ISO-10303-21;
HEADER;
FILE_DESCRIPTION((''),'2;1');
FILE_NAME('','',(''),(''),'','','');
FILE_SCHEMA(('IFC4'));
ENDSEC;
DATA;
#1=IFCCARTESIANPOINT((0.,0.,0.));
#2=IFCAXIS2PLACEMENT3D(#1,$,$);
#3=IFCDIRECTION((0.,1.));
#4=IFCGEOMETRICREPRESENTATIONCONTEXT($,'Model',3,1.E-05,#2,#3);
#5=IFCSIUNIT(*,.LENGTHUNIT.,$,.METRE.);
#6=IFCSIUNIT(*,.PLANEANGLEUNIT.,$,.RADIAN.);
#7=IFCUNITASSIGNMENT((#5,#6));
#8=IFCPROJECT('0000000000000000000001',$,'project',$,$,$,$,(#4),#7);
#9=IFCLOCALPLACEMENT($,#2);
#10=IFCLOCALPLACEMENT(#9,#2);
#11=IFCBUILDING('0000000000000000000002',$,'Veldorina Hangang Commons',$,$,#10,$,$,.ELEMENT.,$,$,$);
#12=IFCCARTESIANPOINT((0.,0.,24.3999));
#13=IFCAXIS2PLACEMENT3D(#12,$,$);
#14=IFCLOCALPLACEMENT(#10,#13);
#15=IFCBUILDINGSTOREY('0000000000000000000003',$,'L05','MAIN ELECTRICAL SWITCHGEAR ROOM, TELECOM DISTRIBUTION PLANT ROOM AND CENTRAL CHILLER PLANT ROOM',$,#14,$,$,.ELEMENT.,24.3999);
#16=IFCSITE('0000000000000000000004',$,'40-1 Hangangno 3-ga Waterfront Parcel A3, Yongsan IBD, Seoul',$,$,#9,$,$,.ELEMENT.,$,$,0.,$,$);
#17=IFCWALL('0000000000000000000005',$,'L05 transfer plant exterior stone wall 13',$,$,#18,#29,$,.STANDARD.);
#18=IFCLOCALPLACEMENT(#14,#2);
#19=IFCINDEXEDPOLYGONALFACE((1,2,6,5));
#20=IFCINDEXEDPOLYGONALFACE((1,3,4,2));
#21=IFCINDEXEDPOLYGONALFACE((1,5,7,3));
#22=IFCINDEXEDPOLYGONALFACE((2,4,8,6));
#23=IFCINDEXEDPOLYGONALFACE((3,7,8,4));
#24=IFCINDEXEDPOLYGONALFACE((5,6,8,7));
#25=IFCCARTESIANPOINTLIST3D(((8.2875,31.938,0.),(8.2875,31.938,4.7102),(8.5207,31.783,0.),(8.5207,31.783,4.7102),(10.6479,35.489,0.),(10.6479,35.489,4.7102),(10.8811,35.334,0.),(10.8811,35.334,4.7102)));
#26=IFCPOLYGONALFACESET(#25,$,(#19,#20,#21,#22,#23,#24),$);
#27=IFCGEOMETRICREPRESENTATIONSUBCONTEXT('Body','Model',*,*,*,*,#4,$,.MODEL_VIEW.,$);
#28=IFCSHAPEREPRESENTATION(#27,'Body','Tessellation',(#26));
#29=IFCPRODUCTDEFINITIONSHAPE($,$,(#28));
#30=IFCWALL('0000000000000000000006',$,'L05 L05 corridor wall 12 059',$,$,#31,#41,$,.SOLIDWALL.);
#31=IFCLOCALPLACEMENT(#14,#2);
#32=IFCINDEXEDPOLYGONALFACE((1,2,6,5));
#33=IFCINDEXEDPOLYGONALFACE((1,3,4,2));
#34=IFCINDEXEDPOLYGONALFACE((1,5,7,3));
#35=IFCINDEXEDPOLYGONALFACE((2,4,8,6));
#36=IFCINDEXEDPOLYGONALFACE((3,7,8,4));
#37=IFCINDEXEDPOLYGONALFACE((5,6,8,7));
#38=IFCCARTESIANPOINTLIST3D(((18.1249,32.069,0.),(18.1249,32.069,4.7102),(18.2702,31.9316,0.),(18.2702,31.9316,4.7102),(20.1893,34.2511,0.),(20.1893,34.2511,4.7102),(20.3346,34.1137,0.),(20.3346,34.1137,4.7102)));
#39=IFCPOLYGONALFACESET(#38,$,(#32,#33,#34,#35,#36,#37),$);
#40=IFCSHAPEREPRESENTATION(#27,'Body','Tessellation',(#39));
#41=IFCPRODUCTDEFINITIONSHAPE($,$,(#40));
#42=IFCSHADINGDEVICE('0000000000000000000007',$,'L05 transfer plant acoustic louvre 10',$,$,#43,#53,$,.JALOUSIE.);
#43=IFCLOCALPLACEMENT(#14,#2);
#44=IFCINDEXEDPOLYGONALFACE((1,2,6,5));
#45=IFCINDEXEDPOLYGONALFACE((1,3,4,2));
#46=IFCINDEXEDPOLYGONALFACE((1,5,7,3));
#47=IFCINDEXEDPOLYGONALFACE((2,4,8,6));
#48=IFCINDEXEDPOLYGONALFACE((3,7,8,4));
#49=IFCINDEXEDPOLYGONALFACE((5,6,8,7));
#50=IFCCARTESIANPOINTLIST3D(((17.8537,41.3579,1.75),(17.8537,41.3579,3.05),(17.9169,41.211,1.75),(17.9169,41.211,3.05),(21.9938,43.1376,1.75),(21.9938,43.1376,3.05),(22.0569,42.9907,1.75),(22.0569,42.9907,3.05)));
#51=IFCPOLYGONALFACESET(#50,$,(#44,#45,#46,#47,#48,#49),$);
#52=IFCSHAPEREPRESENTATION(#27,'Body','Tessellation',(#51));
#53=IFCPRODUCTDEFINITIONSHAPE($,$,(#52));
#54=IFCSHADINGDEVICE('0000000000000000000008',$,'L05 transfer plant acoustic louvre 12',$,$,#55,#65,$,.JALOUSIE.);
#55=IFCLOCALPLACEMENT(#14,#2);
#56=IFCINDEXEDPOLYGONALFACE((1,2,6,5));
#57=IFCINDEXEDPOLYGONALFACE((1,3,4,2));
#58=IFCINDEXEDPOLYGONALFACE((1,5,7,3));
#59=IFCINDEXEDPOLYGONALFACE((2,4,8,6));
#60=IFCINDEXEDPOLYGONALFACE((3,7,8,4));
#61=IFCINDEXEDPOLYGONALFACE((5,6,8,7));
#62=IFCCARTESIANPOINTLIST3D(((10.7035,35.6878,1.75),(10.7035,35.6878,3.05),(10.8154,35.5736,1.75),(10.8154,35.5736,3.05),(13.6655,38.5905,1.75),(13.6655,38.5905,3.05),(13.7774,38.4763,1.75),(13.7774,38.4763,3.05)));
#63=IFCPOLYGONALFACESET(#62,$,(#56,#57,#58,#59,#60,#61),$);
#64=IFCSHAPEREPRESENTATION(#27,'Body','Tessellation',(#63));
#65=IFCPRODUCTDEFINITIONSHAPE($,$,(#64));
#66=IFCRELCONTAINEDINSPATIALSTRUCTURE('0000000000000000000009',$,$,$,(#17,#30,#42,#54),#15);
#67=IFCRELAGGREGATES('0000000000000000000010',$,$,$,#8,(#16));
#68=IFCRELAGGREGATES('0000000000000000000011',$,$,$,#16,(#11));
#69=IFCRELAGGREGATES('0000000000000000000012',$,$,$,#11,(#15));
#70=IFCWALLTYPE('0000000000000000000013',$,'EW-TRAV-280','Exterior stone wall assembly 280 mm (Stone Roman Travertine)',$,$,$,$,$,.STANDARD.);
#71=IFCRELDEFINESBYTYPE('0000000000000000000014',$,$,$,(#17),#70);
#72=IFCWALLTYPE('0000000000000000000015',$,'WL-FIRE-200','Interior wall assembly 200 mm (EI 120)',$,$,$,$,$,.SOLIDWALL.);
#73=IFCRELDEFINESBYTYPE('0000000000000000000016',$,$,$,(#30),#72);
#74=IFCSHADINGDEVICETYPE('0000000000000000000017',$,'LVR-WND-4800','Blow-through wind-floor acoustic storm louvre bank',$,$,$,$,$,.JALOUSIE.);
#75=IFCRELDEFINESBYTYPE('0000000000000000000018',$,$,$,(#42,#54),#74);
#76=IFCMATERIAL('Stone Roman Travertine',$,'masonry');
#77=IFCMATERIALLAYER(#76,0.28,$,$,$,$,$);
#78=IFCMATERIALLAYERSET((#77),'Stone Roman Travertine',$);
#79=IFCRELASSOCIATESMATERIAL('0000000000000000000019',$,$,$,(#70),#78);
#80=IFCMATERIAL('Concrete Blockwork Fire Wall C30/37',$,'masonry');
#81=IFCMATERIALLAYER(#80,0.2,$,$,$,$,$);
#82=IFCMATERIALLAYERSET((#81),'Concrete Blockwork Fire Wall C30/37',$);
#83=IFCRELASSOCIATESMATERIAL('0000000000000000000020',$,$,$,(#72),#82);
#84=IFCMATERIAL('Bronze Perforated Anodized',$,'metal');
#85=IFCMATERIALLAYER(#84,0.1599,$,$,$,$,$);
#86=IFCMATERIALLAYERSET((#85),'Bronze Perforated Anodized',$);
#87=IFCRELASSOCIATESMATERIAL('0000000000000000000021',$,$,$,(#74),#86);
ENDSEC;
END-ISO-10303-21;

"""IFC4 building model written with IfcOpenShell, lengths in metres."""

from ifc_helpers import new_model, si_unit, direction, frame, frame_2d, origin, origin_2d, place, context, subcontext, project, spatial, rectangle, extrude, material, layer, layer_set, type_object, element, save


model = new_model("IFC4")

# Units and contexts
model_context = context("Model", 3, precision=1e-05, world=origin(), true_north=direction((0.0, 1.0)))
body_context = subcontext(model_context, "Body", "Model", "MODEL_VIEW")
ifc_project = project(units=[si_unit("LENGTHUNIT", "METRE"), si_unit("PLANEANGLEUNIT", "RADIAN")], contexts=[model_context])

# Site, building, storey
site_placement = place(None, origin())
site = spatial("IfcSite", under=ifc_project, at=site_placement, Name="40-1 Hangangno 3-ga Waterfront Parcel A3, Yongsan IBD, Seoul", CompositionType="ELEMENT", RefElevation=0.0)
building_placement = place(site_placement, origin())
building = spatial("IfcBuilding", under=site, at=building_placement, Name="Veldorina Hangang Commons", CompositionType="ELEMENT")
storey_placement = place(building_placement, frame((0.0, 0.0, 24.3999)))
storey = spatial("IfcBuildingStorey", under=building, at=storey_placement, Name="L05", Description="MAIN ELECTRICAL SWITCHGEAR ROOM, TELECOM DISTRIBUTION PLANT ROOM AND CENTRAL CHILLER PLANT ROOM", CompositionType="ELEMENT", Elevation=24.3999)

# Walls
ifc_material_1 = material(Name="Stone Roman Travertine", Category="masonry")
ifc_layer_1 = layer(ifc_material_1, 0.28)
ifc_layer_set_1 = layer_set([ifc_layer_1], Name="Stone Roman Travertine")
wall_type_1 = type_object("IfcWallType", Name="EW-TRAV-280", Description="Exterior stone wall assembly 280 mm (Stone Roman Travertine)", PredefinedType="STANDARD", material=ifc_layer_set_1)
wall_1_placement = place(storey_placement, frame((10.7644, 35.4114, 0.0), z_axis=(0.0, 0.0, 1.0), x_axis=(-0.553563, -0.832807, 0.0)))
element("IfcWall", 1, at=wall_1_placement, inside=storey, type_object=wall_type_1, Name="L05 transfer plant exterior stone wall 13", PredefinedType="STANDARD", context=body_context, shape_type="SweptSolid", body=[
    extrude(rectangle(XDim=4.2639, YDim=0.28, at=frame_2d((2.1318, 0.0))), origin(), (0.0, 0.0, 1.0), 4.7102),
])
ifc_material_2 = material(Name="Concrete Blockwork Fire Wall C30/37", Category="masonry")
ifc_layer_2 = layer(ifc_material_2, 0.2)
ifc_layer_set_2 = layer_set([ifc_layer_2], Name="Concrete Blockwork Fire Wall C30/37")
wall_type_2 = type_object("IfcWallType", Name="WL-FIRE-200", Description="Interior wall assembly 200 mm (EI 120)", PredefinedType="SOLIDWALL", material=ifc_layer_set_2)
wall_2_placement = place(storey_placement, frame((20.262, 34.1824, 0.0), z_axis=(0.0, 0.0, 1.0), x_axis=(-0.687249, -0.726422, 0.0)))
element("IfcWall", 2, at=wall_2_placement, inside=storey, type_object=wall_type_2, Name="L05 L05 corridor wall 12 059", PredefinedType="SOLIDWALL", context=body_context, shape_type="SweptSolid", body=[
    extrude(rectangle(XDim=3.0039, YDim=0.2, at=frame_2d((1.502, 0.0))), origin(), (0.0, 0.0, 1.0), 4.7102),
])

# Shading devices
ifc_material_3 = material(Name="Bronze Perforated Anodized", Category="metal")
ifc_layer_3 = layer(ifc_material_3, 0.1599)
ifc_layer_set_3 = layer_set([ifc_layer_3], Name="Bronze Perforated Anodized")
shading_device_type = type_object("IfcShadingDeviceType", Name="LVR-WND-4800", Description="Blow-through wind-floor acoustic storm louvre bank", PredefinedType="JALOUSIE", material=ifc_layer_set_3)
shading_device_1_placement = place(storey_placement, frame((19.9553, 42.1743, 1.75), z_axis=(0.0, 0.0, 1.0), x_axis=(-0.918715, -0.39492, 0.0)))
element("IfcShadingDevice", 3, at=shading_device_1_placement, inside=storey, type_object=shading_device_type, Name="L05 transfer plant acoustic louvre 10", PredefinedType="JALOUSIE", context=body_context, shape_type="SweptSolid", body=[
    extrude(rectangle(XDim=4.5063, YDim=0.1599, at=origin_2d()), origin(), (0.0, 0.0, 1.0), 1.3),
])
shading_device_2_placement = place(storey_placement, frame((12.2405, 37.082, 1.75), z_axis=(0.0, 0.0, 1.0), x_axis=(-0.714216, -0.699925, 0.0)))
element("IfcShadingDevice", 4, at=shading_device_2_placement, inside=storey, type_object=shading_device_type, Name="L05 transfer plant acoustic louvre 12", PredefinedType="JALOUSIE", context=body_context, shape_type="SweptSolid", body=[
    extrude(rectangle(XDim=4.1472, YDim=0.1599, at=origin_2d()), origin(), (0.0, 0.0, 1.0), 1.3),
])

save(model, "model.ifc")
